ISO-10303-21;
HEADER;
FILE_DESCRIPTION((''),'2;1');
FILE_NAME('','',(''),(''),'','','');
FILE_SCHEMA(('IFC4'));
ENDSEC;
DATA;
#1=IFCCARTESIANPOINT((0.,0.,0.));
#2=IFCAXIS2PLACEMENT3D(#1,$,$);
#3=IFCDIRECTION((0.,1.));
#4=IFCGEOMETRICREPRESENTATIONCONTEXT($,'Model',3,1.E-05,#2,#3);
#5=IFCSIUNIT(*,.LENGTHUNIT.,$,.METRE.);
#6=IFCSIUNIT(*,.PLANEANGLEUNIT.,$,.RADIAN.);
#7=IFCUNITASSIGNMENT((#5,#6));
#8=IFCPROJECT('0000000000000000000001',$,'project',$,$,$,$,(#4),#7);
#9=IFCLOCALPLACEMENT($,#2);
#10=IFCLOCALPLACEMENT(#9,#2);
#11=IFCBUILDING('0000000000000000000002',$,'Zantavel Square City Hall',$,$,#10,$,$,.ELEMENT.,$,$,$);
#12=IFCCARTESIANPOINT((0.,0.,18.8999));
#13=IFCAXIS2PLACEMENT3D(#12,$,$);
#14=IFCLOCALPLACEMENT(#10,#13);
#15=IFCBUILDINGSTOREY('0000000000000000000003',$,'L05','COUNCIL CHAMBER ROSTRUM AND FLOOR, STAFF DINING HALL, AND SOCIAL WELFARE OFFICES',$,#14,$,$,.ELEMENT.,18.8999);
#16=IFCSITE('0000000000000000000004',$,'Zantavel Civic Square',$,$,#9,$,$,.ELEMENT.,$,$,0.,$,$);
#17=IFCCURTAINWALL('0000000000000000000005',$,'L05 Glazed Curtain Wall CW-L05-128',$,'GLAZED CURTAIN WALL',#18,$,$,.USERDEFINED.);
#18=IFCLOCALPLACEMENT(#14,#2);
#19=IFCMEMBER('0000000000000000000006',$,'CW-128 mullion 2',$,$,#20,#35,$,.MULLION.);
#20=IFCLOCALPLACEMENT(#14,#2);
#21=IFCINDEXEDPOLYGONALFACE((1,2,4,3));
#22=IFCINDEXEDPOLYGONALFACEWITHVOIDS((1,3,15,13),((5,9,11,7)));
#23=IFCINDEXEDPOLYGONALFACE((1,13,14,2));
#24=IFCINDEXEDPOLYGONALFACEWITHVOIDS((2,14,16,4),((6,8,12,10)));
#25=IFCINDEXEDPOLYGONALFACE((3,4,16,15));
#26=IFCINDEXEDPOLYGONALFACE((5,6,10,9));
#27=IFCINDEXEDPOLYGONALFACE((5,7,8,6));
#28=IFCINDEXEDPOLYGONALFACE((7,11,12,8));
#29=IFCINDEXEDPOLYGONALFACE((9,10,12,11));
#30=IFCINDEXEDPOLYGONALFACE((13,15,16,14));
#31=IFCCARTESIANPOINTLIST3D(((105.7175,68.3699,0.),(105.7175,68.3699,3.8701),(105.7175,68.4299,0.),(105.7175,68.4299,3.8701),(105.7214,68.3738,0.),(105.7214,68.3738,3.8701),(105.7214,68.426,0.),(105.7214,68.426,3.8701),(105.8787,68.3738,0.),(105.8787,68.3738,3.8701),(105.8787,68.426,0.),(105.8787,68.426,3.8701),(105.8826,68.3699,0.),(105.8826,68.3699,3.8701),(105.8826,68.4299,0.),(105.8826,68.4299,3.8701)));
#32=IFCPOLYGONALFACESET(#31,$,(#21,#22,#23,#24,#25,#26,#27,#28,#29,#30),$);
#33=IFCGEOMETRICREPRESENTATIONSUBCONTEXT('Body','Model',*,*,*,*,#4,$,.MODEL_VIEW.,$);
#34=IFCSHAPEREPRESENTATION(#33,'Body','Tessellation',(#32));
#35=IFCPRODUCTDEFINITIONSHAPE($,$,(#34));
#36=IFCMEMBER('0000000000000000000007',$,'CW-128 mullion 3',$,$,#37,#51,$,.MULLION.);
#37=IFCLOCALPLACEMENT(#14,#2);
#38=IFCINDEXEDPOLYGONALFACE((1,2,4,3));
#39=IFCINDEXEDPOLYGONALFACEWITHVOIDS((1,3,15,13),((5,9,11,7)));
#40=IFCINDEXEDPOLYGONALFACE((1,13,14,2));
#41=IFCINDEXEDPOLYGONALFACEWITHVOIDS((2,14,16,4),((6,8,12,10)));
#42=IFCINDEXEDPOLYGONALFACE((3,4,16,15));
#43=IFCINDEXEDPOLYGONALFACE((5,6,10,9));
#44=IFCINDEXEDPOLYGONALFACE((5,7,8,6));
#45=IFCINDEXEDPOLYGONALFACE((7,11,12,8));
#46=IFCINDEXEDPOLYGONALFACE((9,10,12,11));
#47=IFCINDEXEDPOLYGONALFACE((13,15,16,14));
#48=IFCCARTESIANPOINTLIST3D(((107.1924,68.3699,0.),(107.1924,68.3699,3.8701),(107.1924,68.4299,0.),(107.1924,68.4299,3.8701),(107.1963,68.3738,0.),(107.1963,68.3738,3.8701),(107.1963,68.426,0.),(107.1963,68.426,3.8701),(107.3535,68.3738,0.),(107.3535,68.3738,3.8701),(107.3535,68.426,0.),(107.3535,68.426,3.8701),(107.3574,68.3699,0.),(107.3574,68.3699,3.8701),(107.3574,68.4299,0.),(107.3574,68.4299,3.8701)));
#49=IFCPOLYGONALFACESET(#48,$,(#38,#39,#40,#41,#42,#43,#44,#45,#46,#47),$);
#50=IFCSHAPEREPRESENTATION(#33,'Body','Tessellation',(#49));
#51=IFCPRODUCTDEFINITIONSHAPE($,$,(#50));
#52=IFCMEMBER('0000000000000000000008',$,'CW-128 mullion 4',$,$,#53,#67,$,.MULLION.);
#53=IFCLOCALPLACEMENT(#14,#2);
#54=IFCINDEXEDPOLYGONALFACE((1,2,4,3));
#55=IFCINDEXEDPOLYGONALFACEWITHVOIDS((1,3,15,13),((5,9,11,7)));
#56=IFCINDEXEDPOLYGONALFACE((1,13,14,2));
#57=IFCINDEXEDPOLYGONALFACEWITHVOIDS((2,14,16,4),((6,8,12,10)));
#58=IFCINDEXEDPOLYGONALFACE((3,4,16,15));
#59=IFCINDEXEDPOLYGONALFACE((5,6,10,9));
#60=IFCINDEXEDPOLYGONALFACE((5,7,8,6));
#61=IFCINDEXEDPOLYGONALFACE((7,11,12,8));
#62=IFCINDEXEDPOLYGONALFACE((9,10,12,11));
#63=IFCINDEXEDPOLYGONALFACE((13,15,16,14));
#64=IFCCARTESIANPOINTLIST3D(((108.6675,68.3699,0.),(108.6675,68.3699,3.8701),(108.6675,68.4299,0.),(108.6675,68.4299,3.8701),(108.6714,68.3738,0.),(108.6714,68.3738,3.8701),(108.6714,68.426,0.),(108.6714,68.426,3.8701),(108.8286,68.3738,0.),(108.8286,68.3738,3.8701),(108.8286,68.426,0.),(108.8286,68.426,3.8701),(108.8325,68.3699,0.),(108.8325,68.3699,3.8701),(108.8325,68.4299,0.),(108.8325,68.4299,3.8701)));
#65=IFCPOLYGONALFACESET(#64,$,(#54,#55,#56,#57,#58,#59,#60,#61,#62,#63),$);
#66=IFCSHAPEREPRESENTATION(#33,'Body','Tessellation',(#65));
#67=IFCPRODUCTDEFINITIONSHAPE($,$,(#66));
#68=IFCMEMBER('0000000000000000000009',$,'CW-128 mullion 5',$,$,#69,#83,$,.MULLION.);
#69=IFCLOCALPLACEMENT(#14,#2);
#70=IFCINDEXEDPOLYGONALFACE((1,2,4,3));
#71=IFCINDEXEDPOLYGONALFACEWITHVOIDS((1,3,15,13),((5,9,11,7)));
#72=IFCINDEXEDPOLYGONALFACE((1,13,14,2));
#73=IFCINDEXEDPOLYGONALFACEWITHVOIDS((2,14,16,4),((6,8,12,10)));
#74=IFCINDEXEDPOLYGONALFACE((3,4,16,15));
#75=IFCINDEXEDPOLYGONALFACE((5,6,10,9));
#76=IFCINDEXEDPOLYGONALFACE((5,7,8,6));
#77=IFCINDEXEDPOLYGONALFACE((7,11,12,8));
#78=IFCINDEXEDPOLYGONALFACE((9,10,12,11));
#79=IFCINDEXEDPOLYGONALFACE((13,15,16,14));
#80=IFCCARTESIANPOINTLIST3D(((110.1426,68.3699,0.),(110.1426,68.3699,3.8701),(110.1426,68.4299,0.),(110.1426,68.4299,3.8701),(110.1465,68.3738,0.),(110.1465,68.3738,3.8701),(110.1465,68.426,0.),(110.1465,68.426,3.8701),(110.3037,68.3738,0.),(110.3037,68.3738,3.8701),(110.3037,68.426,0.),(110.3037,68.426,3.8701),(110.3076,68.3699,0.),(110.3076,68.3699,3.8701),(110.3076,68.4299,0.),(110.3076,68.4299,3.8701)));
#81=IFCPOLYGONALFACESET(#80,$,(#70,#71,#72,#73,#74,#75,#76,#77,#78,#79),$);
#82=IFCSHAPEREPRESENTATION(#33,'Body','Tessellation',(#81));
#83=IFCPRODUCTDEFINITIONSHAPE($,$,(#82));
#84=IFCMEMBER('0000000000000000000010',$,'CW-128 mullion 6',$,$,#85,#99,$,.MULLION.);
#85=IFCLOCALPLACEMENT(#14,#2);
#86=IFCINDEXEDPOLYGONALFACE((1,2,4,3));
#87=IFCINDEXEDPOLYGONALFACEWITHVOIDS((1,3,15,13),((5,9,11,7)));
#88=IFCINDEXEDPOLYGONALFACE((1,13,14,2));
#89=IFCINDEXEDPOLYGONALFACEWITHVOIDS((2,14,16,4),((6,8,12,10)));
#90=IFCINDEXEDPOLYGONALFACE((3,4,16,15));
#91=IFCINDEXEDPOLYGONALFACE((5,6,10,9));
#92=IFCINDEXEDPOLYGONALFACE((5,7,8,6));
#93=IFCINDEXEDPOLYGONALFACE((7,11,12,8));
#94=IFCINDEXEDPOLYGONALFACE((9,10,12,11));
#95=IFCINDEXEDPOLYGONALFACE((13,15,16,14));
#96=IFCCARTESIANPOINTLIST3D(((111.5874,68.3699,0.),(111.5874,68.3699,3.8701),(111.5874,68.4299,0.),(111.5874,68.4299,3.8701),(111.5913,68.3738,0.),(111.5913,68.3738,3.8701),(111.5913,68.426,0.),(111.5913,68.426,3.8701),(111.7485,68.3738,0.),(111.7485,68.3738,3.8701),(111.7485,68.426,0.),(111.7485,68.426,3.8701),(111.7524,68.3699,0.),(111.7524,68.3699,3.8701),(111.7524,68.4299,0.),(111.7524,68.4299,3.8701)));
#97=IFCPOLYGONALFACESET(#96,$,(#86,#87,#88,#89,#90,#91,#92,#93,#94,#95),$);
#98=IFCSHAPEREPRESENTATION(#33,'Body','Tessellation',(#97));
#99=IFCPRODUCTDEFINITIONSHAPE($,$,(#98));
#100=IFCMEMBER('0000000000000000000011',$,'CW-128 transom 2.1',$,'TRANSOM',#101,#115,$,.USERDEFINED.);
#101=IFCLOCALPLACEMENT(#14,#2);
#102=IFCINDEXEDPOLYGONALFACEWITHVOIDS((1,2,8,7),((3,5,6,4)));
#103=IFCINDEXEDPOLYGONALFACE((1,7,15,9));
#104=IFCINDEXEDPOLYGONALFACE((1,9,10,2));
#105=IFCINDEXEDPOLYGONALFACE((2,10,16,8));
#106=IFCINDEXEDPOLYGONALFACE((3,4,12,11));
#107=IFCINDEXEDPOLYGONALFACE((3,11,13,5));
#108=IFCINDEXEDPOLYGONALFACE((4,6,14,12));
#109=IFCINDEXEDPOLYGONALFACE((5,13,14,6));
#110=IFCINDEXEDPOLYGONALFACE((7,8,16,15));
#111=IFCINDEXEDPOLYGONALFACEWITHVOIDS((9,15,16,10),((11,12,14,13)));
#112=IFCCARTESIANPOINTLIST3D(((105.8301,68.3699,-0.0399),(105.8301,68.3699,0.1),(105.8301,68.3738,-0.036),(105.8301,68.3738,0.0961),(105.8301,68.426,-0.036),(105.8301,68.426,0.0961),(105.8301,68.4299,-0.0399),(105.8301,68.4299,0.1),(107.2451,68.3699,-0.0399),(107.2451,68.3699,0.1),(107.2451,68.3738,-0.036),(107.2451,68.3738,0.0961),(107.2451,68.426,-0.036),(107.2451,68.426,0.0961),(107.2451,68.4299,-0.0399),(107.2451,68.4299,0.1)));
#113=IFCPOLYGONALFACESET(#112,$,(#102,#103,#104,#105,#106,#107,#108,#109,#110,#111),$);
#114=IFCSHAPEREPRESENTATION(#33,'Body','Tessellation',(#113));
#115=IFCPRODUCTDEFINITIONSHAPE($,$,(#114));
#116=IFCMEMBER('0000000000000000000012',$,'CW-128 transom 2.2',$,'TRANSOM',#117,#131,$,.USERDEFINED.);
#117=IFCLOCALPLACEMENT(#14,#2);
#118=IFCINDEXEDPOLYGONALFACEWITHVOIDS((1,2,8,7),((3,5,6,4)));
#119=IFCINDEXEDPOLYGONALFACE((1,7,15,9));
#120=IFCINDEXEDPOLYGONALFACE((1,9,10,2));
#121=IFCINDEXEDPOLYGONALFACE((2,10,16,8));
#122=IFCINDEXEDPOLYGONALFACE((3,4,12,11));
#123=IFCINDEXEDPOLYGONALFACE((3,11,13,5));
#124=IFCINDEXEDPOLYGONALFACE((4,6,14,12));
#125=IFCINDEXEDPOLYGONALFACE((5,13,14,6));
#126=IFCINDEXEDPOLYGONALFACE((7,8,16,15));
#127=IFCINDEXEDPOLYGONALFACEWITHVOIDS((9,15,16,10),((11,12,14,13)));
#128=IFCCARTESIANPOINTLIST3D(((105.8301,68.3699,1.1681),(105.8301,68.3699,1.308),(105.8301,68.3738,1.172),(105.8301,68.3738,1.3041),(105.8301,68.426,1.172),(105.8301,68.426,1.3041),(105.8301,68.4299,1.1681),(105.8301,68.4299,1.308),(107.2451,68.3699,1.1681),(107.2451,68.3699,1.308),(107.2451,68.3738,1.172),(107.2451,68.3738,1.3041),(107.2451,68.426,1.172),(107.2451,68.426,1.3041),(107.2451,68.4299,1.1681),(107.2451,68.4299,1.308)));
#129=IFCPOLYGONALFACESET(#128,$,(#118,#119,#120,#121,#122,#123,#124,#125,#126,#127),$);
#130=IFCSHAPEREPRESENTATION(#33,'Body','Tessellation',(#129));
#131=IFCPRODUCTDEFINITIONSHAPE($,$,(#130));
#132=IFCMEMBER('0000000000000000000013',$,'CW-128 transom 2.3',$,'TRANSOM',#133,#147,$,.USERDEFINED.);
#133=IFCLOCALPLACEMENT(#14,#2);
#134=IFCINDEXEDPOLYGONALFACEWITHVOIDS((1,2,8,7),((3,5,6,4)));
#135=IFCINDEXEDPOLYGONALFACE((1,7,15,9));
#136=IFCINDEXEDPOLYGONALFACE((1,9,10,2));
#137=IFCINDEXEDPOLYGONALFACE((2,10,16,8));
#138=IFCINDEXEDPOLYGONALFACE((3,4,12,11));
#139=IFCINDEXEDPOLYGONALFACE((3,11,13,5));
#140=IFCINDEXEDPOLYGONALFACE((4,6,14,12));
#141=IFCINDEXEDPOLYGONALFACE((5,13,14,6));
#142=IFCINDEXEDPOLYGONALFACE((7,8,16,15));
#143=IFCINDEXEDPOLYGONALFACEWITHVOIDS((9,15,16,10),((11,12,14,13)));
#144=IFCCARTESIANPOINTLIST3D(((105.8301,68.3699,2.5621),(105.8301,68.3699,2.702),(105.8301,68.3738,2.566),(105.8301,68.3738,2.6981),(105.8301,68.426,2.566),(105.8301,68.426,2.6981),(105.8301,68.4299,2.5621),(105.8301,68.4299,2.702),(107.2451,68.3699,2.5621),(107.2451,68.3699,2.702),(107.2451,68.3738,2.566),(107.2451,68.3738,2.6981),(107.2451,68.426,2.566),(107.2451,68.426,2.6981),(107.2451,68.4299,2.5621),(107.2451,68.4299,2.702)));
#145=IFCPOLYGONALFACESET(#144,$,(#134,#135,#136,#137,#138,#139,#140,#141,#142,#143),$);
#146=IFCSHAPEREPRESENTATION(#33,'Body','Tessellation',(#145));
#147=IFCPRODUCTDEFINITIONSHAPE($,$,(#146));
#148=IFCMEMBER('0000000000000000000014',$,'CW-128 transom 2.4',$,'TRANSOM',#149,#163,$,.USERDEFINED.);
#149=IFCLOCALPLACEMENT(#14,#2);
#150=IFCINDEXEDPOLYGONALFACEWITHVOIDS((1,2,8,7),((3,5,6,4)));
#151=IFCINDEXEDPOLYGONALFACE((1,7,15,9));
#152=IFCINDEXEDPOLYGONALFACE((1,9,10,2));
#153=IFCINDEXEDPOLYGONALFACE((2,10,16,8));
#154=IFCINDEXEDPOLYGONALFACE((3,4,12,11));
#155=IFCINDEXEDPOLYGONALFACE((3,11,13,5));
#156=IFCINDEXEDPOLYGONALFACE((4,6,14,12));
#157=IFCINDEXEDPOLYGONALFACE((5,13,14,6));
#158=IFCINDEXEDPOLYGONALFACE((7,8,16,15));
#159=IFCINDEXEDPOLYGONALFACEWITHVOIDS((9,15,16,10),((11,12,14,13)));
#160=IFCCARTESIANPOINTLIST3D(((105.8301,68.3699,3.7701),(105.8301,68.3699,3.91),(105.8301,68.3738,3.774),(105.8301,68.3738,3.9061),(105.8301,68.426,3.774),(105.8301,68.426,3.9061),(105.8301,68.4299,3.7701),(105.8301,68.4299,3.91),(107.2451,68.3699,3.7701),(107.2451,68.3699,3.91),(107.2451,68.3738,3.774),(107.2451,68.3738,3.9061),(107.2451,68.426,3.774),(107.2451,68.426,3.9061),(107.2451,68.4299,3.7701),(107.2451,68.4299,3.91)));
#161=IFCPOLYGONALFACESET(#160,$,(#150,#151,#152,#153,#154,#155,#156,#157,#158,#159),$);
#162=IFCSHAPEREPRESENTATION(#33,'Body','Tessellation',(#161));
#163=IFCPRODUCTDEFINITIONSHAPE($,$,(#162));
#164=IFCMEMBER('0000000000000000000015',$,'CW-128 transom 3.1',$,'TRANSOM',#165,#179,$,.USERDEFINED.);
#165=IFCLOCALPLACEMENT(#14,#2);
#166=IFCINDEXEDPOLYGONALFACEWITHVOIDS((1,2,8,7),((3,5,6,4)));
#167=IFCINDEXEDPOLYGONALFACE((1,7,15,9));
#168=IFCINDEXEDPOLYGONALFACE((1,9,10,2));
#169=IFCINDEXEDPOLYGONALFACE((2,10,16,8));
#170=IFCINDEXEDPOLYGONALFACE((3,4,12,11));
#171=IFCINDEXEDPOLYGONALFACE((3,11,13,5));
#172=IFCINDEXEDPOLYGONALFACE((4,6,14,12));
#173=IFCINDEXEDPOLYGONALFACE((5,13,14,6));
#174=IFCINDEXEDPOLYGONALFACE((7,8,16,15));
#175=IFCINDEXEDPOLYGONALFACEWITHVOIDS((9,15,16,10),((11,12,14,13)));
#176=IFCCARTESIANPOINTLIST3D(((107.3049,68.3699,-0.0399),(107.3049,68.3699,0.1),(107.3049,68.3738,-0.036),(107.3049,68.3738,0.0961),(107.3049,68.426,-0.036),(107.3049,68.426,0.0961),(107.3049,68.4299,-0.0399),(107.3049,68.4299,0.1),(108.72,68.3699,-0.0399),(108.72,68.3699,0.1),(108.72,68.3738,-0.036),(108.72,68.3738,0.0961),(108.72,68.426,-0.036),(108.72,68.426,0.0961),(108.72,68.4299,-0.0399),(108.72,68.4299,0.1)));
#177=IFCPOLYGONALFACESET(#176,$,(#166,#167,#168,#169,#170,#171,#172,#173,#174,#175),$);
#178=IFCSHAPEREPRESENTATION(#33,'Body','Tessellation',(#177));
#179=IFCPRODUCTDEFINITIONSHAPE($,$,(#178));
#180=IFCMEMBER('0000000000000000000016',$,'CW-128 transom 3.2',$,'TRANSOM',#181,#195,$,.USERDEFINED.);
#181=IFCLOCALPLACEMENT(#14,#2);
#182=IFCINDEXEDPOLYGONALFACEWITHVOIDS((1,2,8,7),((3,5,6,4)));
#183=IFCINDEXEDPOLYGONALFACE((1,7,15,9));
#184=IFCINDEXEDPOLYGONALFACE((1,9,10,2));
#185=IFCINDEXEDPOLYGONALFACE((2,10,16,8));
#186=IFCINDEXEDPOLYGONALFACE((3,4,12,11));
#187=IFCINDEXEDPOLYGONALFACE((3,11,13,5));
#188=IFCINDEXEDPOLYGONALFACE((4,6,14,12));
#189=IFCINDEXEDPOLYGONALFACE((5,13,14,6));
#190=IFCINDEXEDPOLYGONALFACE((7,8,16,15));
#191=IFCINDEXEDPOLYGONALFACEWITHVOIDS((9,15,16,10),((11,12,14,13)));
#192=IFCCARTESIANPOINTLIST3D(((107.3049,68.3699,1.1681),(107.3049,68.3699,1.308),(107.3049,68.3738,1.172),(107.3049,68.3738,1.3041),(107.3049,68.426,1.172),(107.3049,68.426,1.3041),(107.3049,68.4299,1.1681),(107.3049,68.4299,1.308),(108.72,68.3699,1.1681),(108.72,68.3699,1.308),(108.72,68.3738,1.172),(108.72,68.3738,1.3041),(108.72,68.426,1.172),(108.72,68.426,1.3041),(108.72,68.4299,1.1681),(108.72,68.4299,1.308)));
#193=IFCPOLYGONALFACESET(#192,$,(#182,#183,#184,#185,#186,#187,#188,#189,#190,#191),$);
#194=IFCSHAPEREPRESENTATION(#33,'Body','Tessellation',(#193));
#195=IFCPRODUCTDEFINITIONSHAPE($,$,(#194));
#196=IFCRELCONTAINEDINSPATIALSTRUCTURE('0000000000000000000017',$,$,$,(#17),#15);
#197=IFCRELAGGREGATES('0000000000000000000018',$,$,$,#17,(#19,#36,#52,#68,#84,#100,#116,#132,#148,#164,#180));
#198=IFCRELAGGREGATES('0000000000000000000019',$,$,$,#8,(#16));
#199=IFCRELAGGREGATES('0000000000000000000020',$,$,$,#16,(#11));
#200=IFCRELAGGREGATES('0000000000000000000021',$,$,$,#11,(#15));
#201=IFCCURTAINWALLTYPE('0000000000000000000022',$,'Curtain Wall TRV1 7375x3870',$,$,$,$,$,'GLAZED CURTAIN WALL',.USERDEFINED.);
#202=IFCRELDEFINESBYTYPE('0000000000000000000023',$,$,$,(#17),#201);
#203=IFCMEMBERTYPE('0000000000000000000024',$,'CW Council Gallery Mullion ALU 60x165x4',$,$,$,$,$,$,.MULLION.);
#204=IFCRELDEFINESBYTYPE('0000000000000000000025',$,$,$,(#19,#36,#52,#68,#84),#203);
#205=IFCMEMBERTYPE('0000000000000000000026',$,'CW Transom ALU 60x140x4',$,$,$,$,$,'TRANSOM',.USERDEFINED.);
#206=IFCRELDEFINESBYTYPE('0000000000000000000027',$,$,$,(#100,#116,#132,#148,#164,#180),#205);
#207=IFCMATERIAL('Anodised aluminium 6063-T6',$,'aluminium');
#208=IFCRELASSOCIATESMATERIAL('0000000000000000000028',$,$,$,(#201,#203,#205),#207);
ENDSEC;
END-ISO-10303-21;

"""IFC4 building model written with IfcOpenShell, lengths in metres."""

from ifc_helpers import new_model, si_unit, direction, frame, origin, origin_2d, place, context, subcontext, project, spatial, hollow_rectangle, extrude, material, material_profile, profile_set, type_object, element, aggregate, save


model = new_model("IFC4")

# Units and contexts
model_context = context("Model", 3, precision=1e-05, world=origin(), true_north=direction((0.0, 1.0)))
body_context = subcontext(model_context, "Body", "Model", "MODEL_VIEW")
ifc_project = project(units=[si_unit("LENGTHUNIT", "METRE"), si_unit("PLANEANGLEUNIT", "RADIAN")], contexts=[model_context])

# Site, building, storey
site_placement = place(None, origin())
site = spatial("IfcSite", under=ifc_project, at=site_placement, Name="Zantavel Civic Square", CompositionType="ELEMENT", RefElevation=0.0)
building_placement = place(site_placement, origin())
building = spatial("IfcBuilding", under=site, at=building_placement, Name="Zantavel Square City Hall", CompositionType="ELEMENT")
storey_placement = place(building_placement, frame((0.0, 0.0, 18.8999)))
storey = spatial("IfcBuildingStorey", under=building, at=storey_placement, Name="L05", Description="COUNCIL CHAMBER ROSTRUM AND FLOOR, STAFF DINING HALL, AND SOCIAL WELFARE OFFICES", CompositionType="ELEMENT", Elevation=18.8999)

# Curtain wall, members
ifc_material_1 = material(Name="Anodised aluminium 6063-T6", Category="aluminium")
curtain_wall_type = type_object("IfcCurtainWallType", Name="Curtain Wall TRV1 7375x3870", ElementType="GLAZED CURTAIN WALL", PredefinedType="USERDEFINED", material=ifc_material_1)
curtain_wall_placement = place(storey_placement, origin())
curtain_wall = element("IfcCurtainWall", 1, at=curtain_wall_placement, inside=storey, type_object=curtain_wall_type, Name="L05 Glazed Curtain Wall CW-L05-128", ObjectType="GLAZED CURTAIN WALL", PredefinedType="USERDEFINED")
ifc_material_profile_1 = material_profile(ifc_material_1, hollow_rectangle(XDim=0.0601, YDim=0.165, WallThickness=0.0039, at=origin_2d()), Name="ALU 60x165x4")
ifc_profile_set_1 = profile_set([ifc_material_profile_1], Name="Anodised aluminium 6063-T6")
member_type_1 = type_object("IfcMemberType", Name="CW Council Gallery Mullion ALU 60x165x4", PredefinedType="MULLION", material=ifc_profile_set_1)
member_1_placement = place(storey_placement, frame((105.8, 68.3999, 0.0), z_axis=(0.0, 0.0, 1.0), x_axis=(0.0, 1.0, 0.0)))
member_1 = element("IfcMember", 2, at=member_1_placement, type_object=member_type_1, Name="CW-128 mullion 2", PredefinedType="MULLION", context=body_context, shape_type="SweptSolid", body=[
    extrude(hollow_rectangle(XDim=0.0601, YDim=0.165, WallThickness=0.0039, at=origin_2d()), origin(), (0.0, 0.0, 1.0), 3.8701),
])
member_2_placement = place(storey_placement, frame((107.2749, 68.3999, 0.0), z_axis=(0.0, 0.0, 1.0), x_axis=(0.0, 1.0, 0.0)))
member_2 = element("IfcMember", 3, at=member_2_placement, type_object=member_type_1, Name="CW-128 mullion 3", PredefinedType="MULLION", context=body_context, shape_type="SweptSolid", body=[
    extrude(hollow_rectangle(XDim=0.0601, YDim=0.165, WallThickness=0.0039, at=origin_2d()), origin(), (0.0, 0.0, 1.0), 3.8701),
])
member_3_placement = place(storey_placement, frame((108.75, 68.3999, 0.0), z_axis=(0.0, 0.0, 1.0), x_axis=(0.0, 1.0, 0.0)))
member_3 = element("IfcMember", 4, at=member_3_placement, type_object=member_type_1, Name="CW-128 mullion 4", PredefinedType="MULLION", context=body_context, shape_type="SweptSolid", body=[
    extrude(hollow_rectangle(XDim=0.0601, YDim=0.165, WallThickness=0.0039, at=origin_2d()), origin(), (0.0, 0.0, 1.0), 3.8701),
])
member_4_placement = place(storey_placement, frame((110.2251, 68.3999, 0.0), z_axis=(0.0, 0.0, 1.0), x_axis=(0.0, 1.0, 0.0)))
member_4 = element("IfcMember", 5, at=member_4_placement, type_object=member_type_1, Name="CW-128 mullion 5", PredefinedType="MULLION", context=body_context, shape_type="SweptSolid", body=[
    extrude(hollow_rectangle(XDim=0.0601, YDim=0.165, WallThickness=0.0039, at=origin_2d()), origin(), (0.0, 0.0, 1.0), 3.8701),
])
member_5_placement = place(storey_placement, frame((111.6699, 68.3999, 0.0), z_axis=(0.0, 0.0, 1.0), x_axis=(0.0, 1.0, 0.0)))
member_5 = element("IfcMember", 6, at=member_5_placement, type_object=member_type_1, Name="CW-128 mullion 6", PredefinedType="MULLION", context=body_context, shape_type="SweptSolid", body=[
    extrude(hollow_rectangle(XDim=0.0601, YDim=0.165, WallThickness=0.0039, at=origin_2d()), origin(), (0.0, 0.0, 1.0), 3.8701),
])
ifc_material_profile_2 = material_profile(ifc_material_1, hollow_rectangle(XDim=0.0601, YDim=0.1399, WallThickness=0.0039, at=origin_2d()), Name="ALU 60x140x4")
ifc_profile_set_2 = profile_set([ifc_material_profile_2], Name="Anodised aluminium 6063-T6")
member_type_2 = type_object("IfcMemberType", Name="CW Transom ALU 60x140x4", ElementType="TRANSOM", PredefinedType="USERDEFINED", material=ifc_profile_set_2)
member_6_placement = place(storey_placement, frame((105.8301, 68.3999, 0.03), z_axis=(1.0, 0.0, 0.0), x_axis=(0.0, 1.0, 0.0)))
member_6 = element("IfcMember", 7, at=member_6_placement, type_object=member_type_2, Name="CW-128 transom 2.1", ObjectType="TRANSOM", PredefinedType="USERDEFINED", context=body_context, shape_type="SweptSolid", body=[
    extrude(hollow_rectangle(XDim=0.0601, YDim=0.1399, WallThickness=0.0039, at=origin_2d()), origin(), (0.0, 0.0, 1.0), 1.415),
])
member_7_placement = place(storey_placement, frame((105.8301, 68.3999, 1.238), z_axis=(1.0, 0.0, 0.0), x_axis=(0.0, 1.0, 0.0)))
member_7 = element("IfcMember", 8, at=member_7_placement, type_object=member_type_2, Name="CW-128 transom 2.2", ObjectType="TRANSOM", PredefinedType="USERDEFINED", context=body_context, shape_type="SweptSolid", body=[
    extrude(hollow_rectangle(XDim=0.0601, YDim=0.1399, WallThickness=0.0039, at=origin_2d()), origin(), (0.0, 0.0, 1.0), 1.415),
])
member_8_placement = place(storey_placement, frame((105.8301, 68.3999, 2.6321), z_axis=(1.0, 0.0, 0.0), x_axis=(0.0, 1.0, 0.0)))
member_8 = element("IfcMember", 9, at=member_8_placement, type_object=member_type_2, Name="CW-128 transom 2.3", ObjectType="TRANSOM", PredefinedType="USERDEFINED", context=body_context, shape_type="SweptSolid", body=[
    extrude(hollow_rectangle(XDim=0.0601, YDim=0.1399, WallThickness=0.0039, at=origin_2d()), origin(), (0.0, 0.0, 1.0), 1.415),
])
member_9_placement = place(storey_placement, frame((105.8301, 68.3999, 3.8401), z_axis=(1.0, 0.0, 0.0), x_axis=(0.0, 1.0, 0.0)))
member_9 = element("IfcMember", 10, at=member_9_placement, type_object=member_type_2, Name="CW-128 transom 2.4", ObjectType="TRANSOM", PredefinedType="USERDEFINED", context=body_context, shape_type="SweptSolid", body=[
    extrude(hollow_rectangle(XDim=0.0601, YDim=0.1399, WallThickness=0.0039, at=origin_2d()), origin(), (0.0, 0.0, 1.0), 1.415),
])
member_10_placement = place(storey_placement, frame((107.3049, 68.3999, 0.03), z_axis=(1.0, 0.0, 0.0), x_axis=(0.0, 1.0, 0.0)))
member_10 = element("IfcMember", 11, at=member_10_placement, type_object=member_type_2, Name="CW-128 transom 3.1", ObjectType="TRANSOM", PredefinedType="USERDEFINED", context=body_context, shape_type="SweptSolid", body=[
    extrude(hollow_rectangle(XDim=0.0601, YDim=0.1399, WallThickness=0.0039, at=origin_2d()), origin(), (0.0, 0.0, 1.0), 1.415),
])
member_11_placement = place(storey_placement, frame((107.3049, 68.3999, 1.238), z_axis=(1.0, 0.0, 0.0), x_axis=(0.0, 1.0, 0.0)))
member_11 = element("IfcMember", 12, at=member_11_placement, type_object=member_type_2, Name="CW-128 transom 3.2", ObjectType="TRANSOM", PredefinedType="USERDEFINED", context=body_context, shape_type="SweptSolid", body=[
    extrude(hollow_rectangle(XDim=0.0601, YDim=0.1399, WallThickness=0.0039, at=origin_2d()), origin(), (0.0, 0.0, 1.0), 1.415),
])
aggregate(curtain_wall, [member_1, member_2, member_3, member_4, member_5, member_6, member_7, member_8, member_9, member_10, member_11])

save(model, "model.ifc")
